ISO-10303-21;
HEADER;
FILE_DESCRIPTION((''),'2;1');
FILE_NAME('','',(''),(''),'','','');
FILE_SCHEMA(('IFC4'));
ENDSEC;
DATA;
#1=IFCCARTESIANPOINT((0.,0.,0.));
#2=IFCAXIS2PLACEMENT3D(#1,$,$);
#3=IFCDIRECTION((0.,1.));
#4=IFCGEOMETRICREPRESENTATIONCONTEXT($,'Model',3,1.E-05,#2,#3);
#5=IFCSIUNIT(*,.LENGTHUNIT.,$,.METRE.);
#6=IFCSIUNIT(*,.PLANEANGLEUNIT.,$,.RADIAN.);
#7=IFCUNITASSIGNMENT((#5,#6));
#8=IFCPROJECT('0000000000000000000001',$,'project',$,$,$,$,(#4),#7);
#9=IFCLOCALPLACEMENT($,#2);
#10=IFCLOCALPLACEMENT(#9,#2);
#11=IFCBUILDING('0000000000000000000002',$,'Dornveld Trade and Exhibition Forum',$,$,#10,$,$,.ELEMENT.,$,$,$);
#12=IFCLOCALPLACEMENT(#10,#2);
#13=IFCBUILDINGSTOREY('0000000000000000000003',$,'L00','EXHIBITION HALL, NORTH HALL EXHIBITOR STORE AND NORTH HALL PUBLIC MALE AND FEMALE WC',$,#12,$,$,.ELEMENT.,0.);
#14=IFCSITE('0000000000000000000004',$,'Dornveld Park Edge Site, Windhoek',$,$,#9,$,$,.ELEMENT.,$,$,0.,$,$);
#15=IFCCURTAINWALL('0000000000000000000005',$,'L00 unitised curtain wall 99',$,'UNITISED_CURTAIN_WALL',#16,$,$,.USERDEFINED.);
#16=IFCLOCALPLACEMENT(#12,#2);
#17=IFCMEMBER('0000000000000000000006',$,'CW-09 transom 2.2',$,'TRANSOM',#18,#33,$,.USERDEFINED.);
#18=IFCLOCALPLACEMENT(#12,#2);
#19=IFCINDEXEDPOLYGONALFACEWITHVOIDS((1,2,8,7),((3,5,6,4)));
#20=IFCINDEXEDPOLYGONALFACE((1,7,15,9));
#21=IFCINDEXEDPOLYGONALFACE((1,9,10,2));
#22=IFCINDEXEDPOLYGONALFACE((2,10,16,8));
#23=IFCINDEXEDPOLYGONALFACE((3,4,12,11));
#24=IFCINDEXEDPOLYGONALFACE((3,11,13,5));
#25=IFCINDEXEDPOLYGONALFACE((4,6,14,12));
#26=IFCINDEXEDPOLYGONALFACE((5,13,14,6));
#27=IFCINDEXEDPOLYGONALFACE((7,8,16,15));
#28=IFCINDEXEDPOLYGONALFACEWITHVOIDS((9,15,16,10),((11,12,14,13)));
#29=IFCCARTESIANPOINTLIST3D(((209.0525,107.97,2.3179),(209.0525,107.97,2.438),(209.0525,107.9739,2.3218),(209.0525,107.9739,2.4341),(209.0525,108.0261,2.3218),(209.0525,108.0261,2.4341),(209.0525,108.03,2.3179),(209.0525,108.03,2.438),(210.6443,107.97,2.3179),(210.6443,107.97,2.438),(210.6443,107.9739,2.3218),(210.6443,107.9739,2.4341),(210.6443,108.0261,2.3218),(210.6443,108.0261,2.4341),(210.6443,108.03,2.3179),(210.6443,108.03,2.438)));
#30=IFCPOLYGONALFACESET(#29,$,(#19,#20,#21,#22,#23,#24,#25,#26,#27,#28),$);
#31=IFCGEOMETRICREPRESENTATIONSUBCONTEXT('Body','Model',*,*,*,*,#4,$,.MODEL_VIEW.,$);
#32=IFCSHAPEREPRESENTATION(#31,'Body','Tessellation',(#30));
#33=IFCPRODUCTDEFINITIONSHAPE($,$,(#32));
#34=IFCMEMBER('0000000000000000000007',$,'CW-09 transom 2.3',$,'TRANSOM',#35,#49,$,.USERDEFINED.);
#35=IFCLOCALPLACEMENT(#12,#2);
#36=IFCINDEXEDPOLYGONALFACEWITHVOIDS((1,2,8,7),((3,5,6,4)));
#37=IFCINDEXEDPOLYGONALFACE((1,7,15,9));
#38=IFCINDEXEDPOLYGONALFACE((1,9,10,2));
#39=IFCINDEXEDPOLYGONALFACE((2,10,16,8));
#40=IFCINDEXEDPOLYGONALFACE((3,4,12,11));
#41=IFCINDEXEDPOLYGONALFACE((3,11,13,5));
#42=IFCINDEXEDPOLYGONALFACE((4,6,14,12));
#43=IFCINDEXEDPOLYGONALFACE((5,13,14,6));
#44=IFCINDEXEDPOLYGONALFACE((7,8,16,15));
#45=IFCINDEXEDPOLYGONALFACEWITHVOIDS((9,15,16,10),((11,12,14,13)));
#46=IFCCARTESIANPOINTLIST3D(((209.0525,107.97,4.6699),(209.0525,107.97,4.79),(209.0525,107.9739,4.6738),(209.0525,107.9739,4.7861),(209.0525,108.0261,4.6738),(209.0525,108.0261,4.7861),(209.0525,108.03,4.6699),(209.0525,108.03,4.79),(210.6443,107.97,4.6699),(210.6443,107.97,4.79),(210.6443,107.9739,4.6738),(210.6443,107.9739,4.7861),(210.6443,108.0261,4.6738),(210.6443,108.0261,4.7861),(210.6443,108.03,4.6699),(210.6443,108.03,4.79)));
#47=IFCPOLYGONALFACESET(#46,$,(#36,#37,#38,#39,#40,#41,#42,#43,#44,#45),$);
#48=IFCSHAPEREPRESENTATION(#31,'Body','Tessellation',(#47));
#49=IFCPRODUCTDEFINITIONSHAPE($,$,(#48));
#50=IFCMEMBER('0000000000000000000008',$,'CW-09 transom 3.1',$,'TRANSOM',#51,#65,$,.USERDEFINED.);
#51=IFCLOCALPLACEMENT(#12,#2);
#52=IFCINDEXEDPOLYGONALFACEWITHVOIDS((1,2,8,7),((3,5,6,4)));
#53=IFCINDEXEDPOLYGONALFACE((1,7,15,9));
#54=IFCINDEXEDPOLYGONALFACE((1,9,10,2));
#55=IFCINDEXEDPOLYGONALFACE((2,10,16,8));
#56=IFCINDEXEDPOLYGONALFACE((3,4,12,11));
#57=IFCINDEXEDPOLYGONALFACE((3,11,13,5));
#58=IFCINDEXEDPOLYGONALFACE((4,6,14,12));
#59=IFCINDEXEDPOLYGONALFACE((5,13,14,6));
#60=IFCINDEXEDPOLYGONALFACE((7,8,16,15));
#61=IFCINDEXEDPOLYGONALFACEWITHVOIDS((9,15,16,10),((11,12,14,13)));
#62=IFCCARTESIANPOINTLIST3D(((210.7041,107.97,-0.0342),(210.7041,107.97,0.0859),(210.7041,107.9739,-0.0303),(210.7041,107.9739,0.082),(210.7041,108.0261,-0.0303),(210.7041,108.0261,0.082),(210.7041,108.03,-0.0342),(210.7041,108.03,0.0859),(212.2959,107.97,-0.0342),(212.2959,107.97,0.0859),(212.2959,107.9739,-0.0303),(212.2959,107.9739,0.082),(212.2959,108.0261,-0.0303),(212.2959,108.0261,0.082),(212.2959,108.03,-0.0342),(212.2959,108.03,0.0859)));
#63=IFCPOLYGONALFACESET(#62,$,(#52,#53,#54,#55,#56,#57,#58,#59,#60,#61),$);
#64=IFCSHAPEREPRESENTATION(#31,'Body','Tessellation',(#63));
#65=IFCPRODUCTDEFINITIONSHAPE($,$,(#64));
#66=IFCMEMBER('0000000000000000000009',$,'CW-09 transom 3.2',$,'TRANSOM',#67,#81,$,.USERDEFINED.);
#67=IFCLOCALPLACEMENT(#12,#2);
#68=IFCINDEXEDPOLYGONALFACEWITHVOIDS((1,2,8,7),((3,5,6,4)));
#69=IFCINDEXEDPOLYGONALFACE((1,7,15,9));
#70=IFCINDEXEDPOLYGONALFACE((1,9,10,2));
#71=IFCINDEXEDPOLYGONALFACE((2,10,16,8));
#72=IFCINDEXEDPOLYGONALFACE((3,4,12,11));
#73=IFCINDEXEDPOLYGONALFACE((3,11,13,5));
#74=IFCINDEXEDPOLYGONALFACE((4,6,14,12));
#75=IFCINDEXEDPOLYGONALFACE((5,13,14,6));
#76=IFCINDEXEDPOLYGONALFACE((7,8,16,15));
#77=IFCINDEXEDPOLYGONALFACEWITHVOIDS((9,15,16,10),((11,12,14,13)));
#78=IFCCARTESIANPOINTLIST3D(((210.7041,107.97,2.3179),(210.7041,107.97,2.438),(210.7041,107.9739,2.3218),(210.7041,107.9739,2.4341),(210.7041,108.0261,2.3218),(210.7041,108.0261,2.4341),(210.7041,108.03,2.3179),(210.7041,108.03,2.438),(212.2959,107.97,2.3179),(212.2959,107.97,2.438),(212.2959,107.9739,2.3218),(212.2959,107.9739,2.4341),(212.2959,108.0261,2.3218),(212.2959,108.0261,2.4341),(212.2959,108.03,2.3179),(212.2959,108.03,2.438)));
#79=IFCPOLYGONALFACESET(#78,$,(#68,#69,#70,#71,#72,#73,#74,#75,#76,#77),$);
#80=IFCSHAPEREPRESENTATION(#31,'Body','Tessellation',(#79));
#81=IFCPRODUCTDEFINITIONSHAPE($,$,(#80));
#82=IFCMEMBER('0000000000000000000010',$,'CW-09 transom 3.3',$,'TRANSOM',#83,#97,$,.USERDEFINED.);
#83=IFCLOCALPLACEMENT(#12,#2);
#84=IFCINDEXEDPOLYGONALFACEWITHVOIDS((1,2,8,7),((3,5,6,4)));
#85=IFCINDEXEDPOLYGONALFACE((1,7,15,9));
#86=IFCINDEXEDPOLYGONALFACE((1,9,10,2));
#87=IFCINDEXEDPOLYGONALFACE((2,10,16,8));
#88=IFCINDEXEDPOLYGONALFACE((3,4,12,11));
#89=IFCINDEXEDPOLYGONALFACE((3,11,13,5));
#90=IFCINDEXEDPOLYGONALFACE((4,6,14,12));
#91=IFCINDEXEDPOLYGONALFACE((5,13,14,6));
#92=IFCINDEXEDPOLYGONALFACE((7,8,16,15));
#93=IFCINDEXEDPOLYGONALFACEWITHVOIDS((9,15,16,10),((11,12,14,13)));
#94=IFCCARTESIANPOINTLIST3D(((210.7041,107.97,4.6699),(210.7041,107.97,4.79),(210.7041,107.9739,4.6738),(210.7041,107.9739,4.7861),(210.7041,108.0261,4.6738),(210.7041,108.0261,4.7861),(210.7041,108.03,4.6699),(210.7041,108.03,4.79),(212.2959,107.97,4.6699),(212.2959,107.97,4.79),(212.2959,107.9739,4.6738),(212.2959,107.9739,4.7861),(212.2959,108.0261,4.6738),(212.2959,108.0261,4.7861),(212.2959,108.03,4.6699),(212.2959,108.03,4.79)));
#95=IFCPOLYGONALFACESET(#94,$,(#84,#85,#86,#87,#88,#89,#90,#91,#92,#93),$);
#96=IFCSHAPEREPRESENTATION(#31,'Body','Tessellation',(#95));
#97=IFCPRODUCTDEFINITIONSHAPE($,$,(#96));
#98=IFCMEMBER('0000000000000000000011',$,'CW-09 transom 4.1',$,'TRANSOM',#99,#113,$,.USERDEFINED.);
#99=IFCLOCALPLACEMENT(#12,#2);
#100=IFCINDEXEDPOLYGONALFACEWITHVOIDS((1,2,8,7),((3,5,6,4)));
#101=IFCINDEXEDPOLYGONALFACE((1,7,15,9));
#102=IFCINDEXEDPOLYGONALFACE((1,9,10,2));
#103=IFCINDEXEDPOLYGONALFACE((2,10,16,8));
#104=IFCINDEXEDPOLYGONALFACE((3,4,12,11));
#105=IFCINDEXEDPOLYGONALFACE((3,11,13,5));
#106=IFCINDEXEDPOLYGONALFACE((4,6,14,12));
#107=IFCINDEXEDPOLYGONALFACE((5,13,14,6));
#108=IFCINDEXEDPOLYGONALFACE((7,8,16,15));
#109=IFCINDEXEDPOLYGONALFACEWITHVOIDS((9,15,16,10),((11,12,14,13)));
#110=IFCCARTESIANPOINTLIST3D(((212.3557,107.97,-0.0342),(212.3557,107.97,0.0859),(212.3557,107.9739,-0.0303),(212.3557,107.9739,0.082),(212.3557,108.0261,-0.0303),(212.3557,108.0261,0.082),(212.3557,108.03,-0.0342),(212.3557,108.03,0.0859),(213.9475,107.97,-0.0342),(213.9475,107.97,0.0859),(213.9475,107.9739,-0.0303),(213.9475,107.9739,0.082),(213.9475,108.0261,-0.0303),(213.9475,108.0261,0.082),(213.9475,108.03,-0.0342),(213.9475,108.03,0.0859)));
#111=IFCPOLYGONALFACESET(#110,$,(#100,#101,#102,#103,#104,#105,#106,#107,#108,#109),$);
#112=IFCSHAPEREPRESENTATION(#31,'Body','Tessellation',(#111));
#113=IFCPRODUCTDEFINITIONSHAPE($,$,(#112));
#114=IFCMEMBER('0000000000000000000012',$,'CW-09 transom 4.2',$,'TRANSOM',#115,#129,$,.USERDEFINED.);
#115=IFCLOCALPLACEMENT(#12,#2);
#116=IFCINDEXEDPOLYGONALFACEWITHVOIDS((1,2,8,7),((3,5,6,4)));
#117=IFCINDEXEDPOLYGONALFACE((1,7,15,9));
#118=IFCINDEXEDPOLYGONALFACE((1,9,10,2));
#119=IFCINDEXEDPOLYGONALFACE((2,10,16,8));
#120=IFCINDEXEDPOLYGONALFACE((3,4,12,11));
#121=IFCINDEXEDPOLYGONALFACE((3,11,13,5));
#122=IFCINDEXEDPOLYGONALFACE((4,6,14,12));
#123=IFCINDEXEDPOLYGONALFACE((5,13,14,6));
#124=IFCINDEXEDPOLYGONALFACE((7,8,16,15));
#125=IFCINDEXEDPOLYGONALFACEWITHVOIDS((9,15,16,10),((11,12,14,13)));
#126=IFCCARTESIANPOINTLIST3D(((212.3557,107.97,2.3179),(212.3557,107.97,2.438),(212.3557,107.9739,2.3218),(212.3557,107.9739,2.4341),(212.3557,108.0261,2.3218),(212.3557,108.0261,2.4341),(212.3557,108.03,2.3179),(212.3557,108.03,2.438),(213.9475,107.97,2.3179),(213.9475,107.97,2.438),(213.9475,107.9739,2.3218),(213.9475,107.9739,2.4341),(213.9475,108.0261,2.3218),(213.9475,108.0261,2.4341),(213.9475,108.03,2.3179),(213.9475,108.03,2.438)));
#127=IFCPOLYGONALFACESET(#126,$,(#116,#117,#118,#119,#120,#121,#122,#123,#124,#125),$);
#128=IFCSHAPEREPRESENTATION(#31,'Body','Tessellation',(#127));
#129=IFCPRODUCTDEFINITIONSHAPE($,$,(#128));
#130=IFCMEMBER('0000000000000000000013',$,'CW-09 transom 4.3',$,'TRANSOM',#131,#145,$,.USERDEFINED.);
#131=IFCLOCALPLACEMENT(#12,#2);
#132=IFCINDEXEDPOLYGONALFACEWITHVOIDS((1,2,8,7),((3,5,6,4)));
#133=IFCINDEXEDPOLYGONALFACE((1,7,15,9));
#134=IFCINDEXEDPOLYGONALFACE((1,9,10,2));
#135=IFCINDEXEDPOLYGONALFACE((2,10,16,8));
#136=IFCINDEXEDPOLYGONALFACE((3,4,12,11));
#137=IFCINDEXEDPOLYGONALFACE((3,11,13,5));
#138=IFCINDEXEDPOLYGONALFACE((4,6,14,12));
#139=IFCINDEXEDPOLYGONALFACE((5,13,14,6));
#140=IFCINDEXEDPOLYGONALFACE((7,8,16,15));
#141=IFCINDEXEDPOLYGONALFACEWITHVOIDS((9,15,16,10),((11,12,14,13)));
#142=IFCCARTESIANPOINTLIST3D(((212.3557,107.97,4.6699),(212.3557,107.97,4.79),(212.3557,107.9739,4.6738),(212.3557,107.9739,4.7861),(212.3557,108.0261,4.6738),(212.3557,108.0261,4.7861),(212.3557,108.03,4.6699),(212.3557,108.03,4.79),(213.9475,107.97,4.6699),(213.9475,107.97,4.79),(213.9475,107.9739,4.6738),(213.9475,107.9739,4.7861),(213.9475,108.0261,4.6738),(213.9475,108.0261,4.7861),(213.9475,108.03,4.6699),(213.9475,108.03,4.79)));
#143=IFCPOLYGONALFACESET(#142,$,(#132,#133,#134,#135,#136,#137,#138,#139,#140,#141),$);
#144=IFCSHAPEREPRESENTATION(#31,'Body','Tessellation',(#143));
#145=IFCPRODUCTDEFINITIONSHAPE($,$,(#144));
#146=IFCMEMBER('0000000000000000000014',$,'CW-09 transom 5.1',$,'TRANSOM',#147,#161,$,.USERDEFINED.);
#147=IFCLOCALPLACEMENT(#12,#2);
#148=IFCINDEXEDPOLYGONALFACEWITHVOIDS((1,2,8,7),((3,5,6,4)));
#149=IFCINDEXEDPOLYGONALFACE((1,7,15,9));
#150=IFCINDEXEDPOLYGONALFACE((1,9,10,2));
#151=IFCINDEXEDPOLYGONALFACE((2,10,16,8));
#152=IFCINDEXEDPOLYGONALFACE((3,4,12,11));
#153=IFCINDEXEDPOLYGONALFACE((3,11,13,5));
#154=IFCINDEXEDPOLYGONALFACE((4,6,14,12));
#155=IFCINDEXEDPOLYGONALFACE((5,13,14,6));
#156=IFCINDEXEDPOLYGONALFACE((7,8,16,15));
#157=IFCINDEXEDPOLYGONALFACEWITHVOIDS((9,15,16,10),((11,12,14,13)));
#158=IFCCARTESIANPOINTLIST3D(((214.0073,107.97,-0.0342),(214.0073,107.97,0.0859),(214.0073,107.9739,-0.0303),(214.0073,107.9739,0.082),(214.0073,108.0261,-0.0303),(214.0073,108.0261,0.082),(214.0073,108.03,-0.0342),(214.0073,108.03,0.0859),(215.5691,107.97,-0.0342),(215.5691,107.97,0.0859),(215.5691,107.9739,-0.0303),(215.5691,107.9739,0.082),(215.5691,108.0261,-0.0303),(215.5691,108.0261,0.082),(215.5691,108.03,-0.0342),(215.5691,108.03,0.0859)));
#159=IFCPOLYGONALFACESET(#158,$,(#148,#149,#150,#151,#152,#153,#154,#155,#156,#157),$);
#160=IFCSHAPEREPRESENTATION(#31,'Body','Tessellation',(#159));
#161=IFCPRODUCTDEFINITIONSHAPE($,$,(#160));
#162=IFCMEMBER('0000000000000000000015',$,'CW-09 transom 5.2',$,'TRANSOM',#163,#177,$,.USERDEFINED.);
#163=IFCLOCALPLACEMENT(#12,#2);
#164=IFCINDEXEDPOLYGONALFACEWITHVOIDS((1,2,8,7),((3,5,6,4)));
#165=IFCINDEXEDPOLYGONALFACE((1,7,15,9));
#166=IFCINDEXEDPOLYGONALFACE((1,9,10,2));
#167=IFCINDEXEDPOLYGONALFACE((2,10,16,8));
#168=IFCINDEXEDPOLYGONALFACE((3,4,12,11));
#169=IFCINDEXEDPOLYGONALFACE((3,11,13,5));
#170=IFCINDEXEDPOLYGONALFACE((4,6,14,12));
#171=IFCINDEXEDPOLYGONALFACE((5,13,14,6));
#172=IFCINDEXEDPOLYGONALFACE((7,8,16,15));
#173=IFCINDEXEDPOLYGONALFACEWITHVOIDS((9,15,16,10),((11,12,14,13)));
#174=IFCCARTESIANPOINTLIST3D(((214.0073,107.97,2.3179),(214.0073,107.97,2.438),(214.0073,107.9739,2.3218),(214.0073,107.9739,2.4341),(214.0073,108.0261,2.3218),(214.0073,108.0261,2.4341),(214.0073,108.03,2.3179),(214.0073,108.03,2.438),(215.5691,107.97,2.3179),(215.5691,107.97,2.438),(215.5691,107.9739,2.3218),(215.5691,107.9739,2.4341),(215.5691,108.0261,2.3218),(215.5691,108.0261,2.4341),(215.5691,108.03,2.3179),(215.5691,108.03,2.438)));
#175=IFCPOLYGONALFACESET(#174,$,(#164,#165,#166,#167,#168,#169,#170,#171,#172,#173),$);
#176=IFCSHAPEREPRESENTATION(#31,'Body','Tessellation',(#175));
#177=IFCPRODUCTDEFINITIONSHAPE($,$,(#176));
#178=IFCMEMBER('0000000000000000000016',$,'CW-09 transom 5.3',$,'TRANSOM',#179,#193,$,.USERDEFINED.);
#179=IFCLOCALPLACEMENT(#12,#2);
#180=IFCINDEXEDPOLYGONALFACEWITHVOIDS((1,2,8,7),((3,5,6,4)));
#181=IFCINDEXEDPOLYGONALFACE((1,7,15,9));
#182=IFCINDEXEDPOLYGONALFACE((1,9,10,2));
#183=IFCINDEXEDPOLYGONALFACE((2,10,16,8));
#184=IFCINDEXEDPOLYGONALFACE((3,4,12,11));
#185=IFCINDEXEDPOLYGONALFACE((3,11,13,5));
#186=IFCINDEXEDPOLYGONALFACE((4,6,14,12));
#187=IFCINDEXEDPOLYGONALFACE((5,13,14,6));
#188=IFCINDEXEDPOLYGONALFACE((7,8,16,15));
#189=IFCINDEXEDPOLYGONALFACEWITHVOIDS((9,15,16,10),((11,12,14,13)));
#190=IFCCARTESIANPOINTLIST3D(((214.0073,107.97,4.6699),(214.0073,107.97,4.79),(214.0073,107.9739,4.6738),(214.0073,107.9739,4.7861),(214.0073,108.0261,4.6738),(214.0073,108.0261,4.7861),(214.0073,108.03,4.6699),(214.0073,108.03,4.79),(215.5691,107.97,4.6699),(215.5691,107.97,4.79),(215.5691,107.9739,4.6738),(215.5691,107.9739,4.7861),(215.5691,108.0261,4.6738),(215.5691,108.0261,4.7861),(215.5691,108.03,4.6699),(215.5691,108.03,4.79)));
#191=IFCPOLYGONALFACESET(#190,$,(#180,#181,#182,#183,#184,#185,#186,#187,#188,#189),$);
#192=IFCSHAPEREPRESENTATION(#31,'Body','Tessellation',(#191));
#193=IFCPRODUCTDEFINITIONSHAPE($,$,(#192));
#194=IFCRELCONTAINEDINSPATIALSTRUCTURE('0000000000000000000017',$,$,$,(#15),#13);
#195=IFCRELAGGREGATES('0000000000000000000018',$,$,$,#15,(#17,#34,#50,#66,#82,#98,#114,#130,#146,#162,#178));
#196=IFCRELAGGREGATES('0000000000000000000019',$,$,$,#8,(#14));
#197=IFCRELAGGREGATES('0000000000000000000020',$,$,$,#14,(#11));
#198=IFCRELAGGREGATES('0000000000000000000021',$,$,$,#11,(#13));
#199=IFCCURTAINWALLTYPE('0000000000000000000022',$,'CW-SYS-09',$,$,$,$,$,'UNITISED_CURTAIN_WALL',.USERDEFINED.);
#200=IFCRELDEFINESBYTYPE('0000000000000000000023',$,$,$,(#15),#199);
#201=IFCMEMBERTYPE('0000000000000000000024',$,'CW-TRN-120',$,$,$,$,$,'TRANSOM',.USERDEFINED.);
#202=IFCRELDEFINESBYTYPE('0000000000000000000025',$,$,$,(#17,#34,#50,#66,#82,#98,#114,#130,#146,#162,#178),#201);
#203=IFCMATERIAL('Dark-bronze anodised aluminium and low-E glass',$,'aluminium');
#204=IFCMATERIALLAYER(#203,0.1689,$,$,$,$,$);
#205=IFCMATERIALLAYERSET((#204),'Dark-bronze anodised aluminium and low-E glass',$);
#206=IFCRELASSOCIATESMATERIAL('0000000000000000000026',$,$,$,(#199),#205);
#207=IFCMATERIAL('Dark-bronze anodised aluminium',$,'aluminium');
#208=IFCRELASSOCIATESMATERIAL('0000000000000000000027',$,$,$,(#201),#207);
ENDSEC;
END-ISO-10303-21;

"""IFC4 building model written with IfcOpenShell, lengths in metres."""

from ifc_helpers import new_model, si_unit, direction, frame, origin, origin_2d, place, context, subcontext, project, spatial, hollow_rectangle, extrude, material, layer, layer_set, material_profile, profile_set, type_object, element, aggregate, save


model = new_model("IFC4")

# Units and contexts
model_context = context("Model", 3, precision=1e-05, world=origin(), true_north=direction((0.0, 1.0)))
body_context = subcontext(model_context, "Body", "Model", "MODEL_VIEW")
ifc_project = project(units=[si_unit("LENGTHUNIT", "METRE"), si_unit("PLANEANGLEUNIT", "RADIAN")], contexts=[model_context])

# Site, building, storey
site_placement = place(None, origin())
site = spatial("IfcSite", under=ifc_project, at=site_placement, Name="Dornveld Park Edge Site, Windhoek", CompositionType="ELEMENT", RefElevation=0.0)
building_placement = place(site_placement, origin())
building = spatial("IfcBuilding", under=site, at=building_placement, Name="Dornveld Trade and Exhibition Forum", CompositionType="ELEMENT")
storey_placement = place(building_placement, origin())
storey = spatial("IfcBuildingStorey", under=building, at=storey_placement, Name="L00", Description="EXHIBITION HALL, NORTH HALL EXHIBITOR STORE AND NORTH HALL PUBLIC MALE AND FEMALE WC", CompositionType="ELEMENT", Elevation=0.0)

# Curtain wall
ifc_material_1 = material(Name="Dark-bronze anodised aluminium and low-E glass", Category="aluminium")
ifc_layer_1 = layer(ifc_material_1, 0.1689)
ifc_layer_set_1 = layer_set([ifc_layer_1], Name="Dark-bronze anodised aluminium and low-E glass")
curtain_wall_type_1 = type_object("IfcCurtainWallType", Name="CW-SYS-09", ElementType="UNITISED_CURTAIN_WALL", PredefinedType="USERDEFINED", material=ifc_layer_set_1)
curtain_wall_1_placement = place(storey_placement, origin())
curtain_wall_1 = element("IfcCurtainWall", 1, at=curtain_wall_1_placement, inside=storey, type_object=curtain_wall_type_1, Name="L00 unitised curtain wall 99", ObjectType="UNITISED_CURTAIN_WALL", PredefinedType="USERDEFINED")

# Members
ifc_material_2 = material(Name="Dark-bronze anodised aluminium", Category="aluminium")
ifc_material_profile_1 = material_profile(ifc_material_2, hollow_rectangle(XDim=0.0601, YDim=0.1201, WallThickness=0.0039, at=origin_2d()), Name="RHS 120x60x4")
ifc_profile_set_1 = profile_set([ifc_material_profile_1], Name="Dark-bronze anodised aluminium")
member_type_1 = type_object("IfcMemberType", Name="CW-TRN-120", ElementType="TRANSOM", PredefinedType="USERDEFINED", material=ifc_profile_set_1)
member_1_placement = place(storey_placement, frame((209.0525, 108.0, 2.3779), z_axis=(1.0, 0.0, 0.0), x_axis=(0.0, 1.0, 0.0)))
member_1 = element("IfcMember", 2, at=member_1_placement, type_object=member_type_1, Name="CW-09 transom 2.2", ObjectType="TRANSOM", PredefinedType="USERDEFINED", context=body_context, shape_type="SweptSolid", body=[
    extrude(hollow_rectangle(XDim=0.0601, YDim=0.1201, WallThickness=0.0039, at=origin_2d()), origin(), (0.0, 0.0, 1.0), 1.5918),
])
member_2_placement = place(storey_placement, frame((209.0525, 108.0, 4.73), z_axis=(1.0, 0.0, 0.0), x_axis=(0.0, 1.0, 0.0)))
member_2 = element("IfcMember", 3, at=member_2_placement, type_object=member_type_1, Name="CW-09 transom 2.3", ObjectType="TRANSOM", PredefinedType="USERDEFINED", context=body_context, shape_type="SweptSolid", body=[
    extrude(hollow_rectangle(XDim=0.0601, YDim=0.1201, WallThickness=0.0039, at=origin_2d()), origin(), (0.0, 0.0, 1.0), 1.5918),
])
member_3_placement = place(storey_placement, frame((210.7041, 108.0, 0.0259), z_axis=(1.0, 0.0, 0.0), x_axis=(0.0, 1.0, 0.0)))
member_3 = element("IfcMember", 4, at=member_3_placement, type_object=member_type_1, Name="CW-09 transom 3.1", ObjectType="TRANSOM", PredefinedType="USERDEFINED", context=body_context, shape_type="SweptSolid", body=[
    extrude(hollow_rectangle(XDim=0.0601, YDim=0.1201, WallThickness=0.0039, at=origin_2d()), origin(), (0.0, 0.0, 1.0), 1.5918),
])
member_4_placement = place(storey_placement, frame((210.7041, 108.0, 2.3779), z_axis=(1.0, 0.0, 0.0), x_axis=(0.0, 1.0, 0.0)))
member_4 = element("IfcMember", 5, at=member_4_placement, type_object=member_type_1, Name="CW-09 transom 3.2", ObjectType="TRANSOM", PredefinedType="USERDEFINED", context=body_context, shape_type="SweptSolid", body=[
    extrude(hollow_rectangle(XDim=0.0601, YDim=0.1201, WallThickness=0.0039, at=origin_2d()), origin(), (0.0, 0.0, 1.0), 1.5918),
])
member_5_placement = place(storey_placement, frame((210.7041, 108.0, 4.73), z_axis=(1.0, 0.0, 0.0), x_axis=(0.0, 1.0, 0.0)))
member_5 = element("IfcMember", 6, at=member_5_placement, type_object=member_type_1, Name="CW-09 transom 3.3", ObjectType="TRANSOM", PredefinedType="USERDEFINED", context=body_context, shape_type="SweptSolid", body=[
    extrude(hollow_rectangle(XDim=0.0601, YDim=0.1201, WallThickness=0.0039, at=origin_2d()), origin(), (0.0, 0.0, 1.0), 1.5918),
])
member_6_placement = place(storey_placement, frame((212.3557, 108.0, 0.0259), z_axis=(1.0, 0.0, 0.0), x_axis=(0.0, 1.0, 0.0)))
member_6 = element("IfcMember", 7, at=member_6_placement, type_object=member_type_1, Name="CW-09 transom 4.1", ObjectType="TRANSOM", PredefinedType="USERDEFINED", context=body_context, shape_type="SweptSolid", body=[
    extrude(hollow_rectangle(XDim=0.0601, YDim=0.1201, WallThickness=0.0039, at=origin_2d()), origin(), (0.0, 0.0, 1.0), 1.5918),
])
member_7_placement = place(storey_placement, frame((212.3557, 108.0, 2.3779), z_axis=(1.0, 0.0, 0.0), x_axis=(0.0, 1.0, 0.0)))
member_7 = element("IfcMember", 8, at=member_7_placement, type_object=member_type_1, Name="CW-09 transom 4.2", ObjectType="TRANSOM", PredefinedType="USERDEFINED", context=body_context, shape_type="SweptSolid", body=[
    extrude(hollow_rectangle(XDim=0.0601, YDim=0.1201, WallThickness=0.0039, at=origin_2d()), origin(), (0.0, 0.0, 1.0), 1.5918),
])
member_8_placement = place(storey_placement, frame((212.3557, 108.0, 4.73), z_axis=(1.0, 0.0, 0.0), x_axis=(0.0, 1.0, 0.0)))
member_8 = element("IfcMember", 9, at=member_8_placement, type_object=member_type_1, Name="CW-09 transom 4.3", ObjectType="TRANSOM", PredefinedType="USERDEFINED", context=body_context, shape_type="SweptSolid", body=[
    extrude(hollow_rectangle(XDim=0.0601, YDim=0.1201, WallThickness=0.0039, at=origin_2d()), origin(), (0.0, 0.0, 1.0), 1.5918),
])
member_9_placement = place(storey_placement, frame((214.0073, 108.0, 0.0259), z_axis=(1.0, 0.0, 0.0), x_axis=(0.0, 1.0, 0.0)))
member_9 = element("IfcMember", 10, at=member_9_placement, type_object=member_type_1, Name="CW-09 transom 5.1", ObjectType="TRANSOM", PredefinedType="USERDEFINED", context=body_context, shape_type="SweptSolid", body=[
    extrude(hollow_rectangle(XDim=0.0601, YDim=0.1201, WallThickness=0.0039, at=origin_2d()), origin(), (0.0, 0.0, 1.0), 1.5618),
])
member_10_placement = place(storey_placement, frame((214.0073, 108.0, 2.3779), z_axis=(1.0, 0.0, 0.0), x_axis=(0.0, 1.0, 0.0)))
member_10 = element("IfcMember", 11, at=member_10_placement, type_object=member_type_1, Name="CW-09 transom 5.2", ObjectType="TRANSOM", PredefinedType="USERDEFINED", context=body_context, shape_type="SweptSolid", body=[
    extrude(hollow_rectangle(XDim=0.0601, YDim=0.1201, WallThickness=0.0039, at=origin_2d()), origin(), (0.0, 0.0, 1.0), 1.5618),
])
member_11_placement = place(storey_placement, frame((214.0073, 108.0, 4.73), z_axis=(1.0, 0.0, 0.0), x_axis=(0.0, 1.0, 0.0)))
member_11 = element("IfcMember", 12, at=member_11_placement, type_object=member_type_1, Name="CW-09 transom 5.3", ObjectType="TRANSOM", PredefinedType="USERDEFINED", context=body_context, shape_type="SweptSolid", body=[
    extrude(hollow_rectangle(XDim=0.0601, YDim=0.1201, WallThickness=0.0039, at=origin_2d()), origin(), (0.0, 0.0, 1.0), 1.5618),
])

aggregate(curtain_wall_1, [member_1, member_2, member_3, member_4, member_5, member_6, member_7, member_8, member_9, member_10, member_11])

save(model, "model.ifc")
